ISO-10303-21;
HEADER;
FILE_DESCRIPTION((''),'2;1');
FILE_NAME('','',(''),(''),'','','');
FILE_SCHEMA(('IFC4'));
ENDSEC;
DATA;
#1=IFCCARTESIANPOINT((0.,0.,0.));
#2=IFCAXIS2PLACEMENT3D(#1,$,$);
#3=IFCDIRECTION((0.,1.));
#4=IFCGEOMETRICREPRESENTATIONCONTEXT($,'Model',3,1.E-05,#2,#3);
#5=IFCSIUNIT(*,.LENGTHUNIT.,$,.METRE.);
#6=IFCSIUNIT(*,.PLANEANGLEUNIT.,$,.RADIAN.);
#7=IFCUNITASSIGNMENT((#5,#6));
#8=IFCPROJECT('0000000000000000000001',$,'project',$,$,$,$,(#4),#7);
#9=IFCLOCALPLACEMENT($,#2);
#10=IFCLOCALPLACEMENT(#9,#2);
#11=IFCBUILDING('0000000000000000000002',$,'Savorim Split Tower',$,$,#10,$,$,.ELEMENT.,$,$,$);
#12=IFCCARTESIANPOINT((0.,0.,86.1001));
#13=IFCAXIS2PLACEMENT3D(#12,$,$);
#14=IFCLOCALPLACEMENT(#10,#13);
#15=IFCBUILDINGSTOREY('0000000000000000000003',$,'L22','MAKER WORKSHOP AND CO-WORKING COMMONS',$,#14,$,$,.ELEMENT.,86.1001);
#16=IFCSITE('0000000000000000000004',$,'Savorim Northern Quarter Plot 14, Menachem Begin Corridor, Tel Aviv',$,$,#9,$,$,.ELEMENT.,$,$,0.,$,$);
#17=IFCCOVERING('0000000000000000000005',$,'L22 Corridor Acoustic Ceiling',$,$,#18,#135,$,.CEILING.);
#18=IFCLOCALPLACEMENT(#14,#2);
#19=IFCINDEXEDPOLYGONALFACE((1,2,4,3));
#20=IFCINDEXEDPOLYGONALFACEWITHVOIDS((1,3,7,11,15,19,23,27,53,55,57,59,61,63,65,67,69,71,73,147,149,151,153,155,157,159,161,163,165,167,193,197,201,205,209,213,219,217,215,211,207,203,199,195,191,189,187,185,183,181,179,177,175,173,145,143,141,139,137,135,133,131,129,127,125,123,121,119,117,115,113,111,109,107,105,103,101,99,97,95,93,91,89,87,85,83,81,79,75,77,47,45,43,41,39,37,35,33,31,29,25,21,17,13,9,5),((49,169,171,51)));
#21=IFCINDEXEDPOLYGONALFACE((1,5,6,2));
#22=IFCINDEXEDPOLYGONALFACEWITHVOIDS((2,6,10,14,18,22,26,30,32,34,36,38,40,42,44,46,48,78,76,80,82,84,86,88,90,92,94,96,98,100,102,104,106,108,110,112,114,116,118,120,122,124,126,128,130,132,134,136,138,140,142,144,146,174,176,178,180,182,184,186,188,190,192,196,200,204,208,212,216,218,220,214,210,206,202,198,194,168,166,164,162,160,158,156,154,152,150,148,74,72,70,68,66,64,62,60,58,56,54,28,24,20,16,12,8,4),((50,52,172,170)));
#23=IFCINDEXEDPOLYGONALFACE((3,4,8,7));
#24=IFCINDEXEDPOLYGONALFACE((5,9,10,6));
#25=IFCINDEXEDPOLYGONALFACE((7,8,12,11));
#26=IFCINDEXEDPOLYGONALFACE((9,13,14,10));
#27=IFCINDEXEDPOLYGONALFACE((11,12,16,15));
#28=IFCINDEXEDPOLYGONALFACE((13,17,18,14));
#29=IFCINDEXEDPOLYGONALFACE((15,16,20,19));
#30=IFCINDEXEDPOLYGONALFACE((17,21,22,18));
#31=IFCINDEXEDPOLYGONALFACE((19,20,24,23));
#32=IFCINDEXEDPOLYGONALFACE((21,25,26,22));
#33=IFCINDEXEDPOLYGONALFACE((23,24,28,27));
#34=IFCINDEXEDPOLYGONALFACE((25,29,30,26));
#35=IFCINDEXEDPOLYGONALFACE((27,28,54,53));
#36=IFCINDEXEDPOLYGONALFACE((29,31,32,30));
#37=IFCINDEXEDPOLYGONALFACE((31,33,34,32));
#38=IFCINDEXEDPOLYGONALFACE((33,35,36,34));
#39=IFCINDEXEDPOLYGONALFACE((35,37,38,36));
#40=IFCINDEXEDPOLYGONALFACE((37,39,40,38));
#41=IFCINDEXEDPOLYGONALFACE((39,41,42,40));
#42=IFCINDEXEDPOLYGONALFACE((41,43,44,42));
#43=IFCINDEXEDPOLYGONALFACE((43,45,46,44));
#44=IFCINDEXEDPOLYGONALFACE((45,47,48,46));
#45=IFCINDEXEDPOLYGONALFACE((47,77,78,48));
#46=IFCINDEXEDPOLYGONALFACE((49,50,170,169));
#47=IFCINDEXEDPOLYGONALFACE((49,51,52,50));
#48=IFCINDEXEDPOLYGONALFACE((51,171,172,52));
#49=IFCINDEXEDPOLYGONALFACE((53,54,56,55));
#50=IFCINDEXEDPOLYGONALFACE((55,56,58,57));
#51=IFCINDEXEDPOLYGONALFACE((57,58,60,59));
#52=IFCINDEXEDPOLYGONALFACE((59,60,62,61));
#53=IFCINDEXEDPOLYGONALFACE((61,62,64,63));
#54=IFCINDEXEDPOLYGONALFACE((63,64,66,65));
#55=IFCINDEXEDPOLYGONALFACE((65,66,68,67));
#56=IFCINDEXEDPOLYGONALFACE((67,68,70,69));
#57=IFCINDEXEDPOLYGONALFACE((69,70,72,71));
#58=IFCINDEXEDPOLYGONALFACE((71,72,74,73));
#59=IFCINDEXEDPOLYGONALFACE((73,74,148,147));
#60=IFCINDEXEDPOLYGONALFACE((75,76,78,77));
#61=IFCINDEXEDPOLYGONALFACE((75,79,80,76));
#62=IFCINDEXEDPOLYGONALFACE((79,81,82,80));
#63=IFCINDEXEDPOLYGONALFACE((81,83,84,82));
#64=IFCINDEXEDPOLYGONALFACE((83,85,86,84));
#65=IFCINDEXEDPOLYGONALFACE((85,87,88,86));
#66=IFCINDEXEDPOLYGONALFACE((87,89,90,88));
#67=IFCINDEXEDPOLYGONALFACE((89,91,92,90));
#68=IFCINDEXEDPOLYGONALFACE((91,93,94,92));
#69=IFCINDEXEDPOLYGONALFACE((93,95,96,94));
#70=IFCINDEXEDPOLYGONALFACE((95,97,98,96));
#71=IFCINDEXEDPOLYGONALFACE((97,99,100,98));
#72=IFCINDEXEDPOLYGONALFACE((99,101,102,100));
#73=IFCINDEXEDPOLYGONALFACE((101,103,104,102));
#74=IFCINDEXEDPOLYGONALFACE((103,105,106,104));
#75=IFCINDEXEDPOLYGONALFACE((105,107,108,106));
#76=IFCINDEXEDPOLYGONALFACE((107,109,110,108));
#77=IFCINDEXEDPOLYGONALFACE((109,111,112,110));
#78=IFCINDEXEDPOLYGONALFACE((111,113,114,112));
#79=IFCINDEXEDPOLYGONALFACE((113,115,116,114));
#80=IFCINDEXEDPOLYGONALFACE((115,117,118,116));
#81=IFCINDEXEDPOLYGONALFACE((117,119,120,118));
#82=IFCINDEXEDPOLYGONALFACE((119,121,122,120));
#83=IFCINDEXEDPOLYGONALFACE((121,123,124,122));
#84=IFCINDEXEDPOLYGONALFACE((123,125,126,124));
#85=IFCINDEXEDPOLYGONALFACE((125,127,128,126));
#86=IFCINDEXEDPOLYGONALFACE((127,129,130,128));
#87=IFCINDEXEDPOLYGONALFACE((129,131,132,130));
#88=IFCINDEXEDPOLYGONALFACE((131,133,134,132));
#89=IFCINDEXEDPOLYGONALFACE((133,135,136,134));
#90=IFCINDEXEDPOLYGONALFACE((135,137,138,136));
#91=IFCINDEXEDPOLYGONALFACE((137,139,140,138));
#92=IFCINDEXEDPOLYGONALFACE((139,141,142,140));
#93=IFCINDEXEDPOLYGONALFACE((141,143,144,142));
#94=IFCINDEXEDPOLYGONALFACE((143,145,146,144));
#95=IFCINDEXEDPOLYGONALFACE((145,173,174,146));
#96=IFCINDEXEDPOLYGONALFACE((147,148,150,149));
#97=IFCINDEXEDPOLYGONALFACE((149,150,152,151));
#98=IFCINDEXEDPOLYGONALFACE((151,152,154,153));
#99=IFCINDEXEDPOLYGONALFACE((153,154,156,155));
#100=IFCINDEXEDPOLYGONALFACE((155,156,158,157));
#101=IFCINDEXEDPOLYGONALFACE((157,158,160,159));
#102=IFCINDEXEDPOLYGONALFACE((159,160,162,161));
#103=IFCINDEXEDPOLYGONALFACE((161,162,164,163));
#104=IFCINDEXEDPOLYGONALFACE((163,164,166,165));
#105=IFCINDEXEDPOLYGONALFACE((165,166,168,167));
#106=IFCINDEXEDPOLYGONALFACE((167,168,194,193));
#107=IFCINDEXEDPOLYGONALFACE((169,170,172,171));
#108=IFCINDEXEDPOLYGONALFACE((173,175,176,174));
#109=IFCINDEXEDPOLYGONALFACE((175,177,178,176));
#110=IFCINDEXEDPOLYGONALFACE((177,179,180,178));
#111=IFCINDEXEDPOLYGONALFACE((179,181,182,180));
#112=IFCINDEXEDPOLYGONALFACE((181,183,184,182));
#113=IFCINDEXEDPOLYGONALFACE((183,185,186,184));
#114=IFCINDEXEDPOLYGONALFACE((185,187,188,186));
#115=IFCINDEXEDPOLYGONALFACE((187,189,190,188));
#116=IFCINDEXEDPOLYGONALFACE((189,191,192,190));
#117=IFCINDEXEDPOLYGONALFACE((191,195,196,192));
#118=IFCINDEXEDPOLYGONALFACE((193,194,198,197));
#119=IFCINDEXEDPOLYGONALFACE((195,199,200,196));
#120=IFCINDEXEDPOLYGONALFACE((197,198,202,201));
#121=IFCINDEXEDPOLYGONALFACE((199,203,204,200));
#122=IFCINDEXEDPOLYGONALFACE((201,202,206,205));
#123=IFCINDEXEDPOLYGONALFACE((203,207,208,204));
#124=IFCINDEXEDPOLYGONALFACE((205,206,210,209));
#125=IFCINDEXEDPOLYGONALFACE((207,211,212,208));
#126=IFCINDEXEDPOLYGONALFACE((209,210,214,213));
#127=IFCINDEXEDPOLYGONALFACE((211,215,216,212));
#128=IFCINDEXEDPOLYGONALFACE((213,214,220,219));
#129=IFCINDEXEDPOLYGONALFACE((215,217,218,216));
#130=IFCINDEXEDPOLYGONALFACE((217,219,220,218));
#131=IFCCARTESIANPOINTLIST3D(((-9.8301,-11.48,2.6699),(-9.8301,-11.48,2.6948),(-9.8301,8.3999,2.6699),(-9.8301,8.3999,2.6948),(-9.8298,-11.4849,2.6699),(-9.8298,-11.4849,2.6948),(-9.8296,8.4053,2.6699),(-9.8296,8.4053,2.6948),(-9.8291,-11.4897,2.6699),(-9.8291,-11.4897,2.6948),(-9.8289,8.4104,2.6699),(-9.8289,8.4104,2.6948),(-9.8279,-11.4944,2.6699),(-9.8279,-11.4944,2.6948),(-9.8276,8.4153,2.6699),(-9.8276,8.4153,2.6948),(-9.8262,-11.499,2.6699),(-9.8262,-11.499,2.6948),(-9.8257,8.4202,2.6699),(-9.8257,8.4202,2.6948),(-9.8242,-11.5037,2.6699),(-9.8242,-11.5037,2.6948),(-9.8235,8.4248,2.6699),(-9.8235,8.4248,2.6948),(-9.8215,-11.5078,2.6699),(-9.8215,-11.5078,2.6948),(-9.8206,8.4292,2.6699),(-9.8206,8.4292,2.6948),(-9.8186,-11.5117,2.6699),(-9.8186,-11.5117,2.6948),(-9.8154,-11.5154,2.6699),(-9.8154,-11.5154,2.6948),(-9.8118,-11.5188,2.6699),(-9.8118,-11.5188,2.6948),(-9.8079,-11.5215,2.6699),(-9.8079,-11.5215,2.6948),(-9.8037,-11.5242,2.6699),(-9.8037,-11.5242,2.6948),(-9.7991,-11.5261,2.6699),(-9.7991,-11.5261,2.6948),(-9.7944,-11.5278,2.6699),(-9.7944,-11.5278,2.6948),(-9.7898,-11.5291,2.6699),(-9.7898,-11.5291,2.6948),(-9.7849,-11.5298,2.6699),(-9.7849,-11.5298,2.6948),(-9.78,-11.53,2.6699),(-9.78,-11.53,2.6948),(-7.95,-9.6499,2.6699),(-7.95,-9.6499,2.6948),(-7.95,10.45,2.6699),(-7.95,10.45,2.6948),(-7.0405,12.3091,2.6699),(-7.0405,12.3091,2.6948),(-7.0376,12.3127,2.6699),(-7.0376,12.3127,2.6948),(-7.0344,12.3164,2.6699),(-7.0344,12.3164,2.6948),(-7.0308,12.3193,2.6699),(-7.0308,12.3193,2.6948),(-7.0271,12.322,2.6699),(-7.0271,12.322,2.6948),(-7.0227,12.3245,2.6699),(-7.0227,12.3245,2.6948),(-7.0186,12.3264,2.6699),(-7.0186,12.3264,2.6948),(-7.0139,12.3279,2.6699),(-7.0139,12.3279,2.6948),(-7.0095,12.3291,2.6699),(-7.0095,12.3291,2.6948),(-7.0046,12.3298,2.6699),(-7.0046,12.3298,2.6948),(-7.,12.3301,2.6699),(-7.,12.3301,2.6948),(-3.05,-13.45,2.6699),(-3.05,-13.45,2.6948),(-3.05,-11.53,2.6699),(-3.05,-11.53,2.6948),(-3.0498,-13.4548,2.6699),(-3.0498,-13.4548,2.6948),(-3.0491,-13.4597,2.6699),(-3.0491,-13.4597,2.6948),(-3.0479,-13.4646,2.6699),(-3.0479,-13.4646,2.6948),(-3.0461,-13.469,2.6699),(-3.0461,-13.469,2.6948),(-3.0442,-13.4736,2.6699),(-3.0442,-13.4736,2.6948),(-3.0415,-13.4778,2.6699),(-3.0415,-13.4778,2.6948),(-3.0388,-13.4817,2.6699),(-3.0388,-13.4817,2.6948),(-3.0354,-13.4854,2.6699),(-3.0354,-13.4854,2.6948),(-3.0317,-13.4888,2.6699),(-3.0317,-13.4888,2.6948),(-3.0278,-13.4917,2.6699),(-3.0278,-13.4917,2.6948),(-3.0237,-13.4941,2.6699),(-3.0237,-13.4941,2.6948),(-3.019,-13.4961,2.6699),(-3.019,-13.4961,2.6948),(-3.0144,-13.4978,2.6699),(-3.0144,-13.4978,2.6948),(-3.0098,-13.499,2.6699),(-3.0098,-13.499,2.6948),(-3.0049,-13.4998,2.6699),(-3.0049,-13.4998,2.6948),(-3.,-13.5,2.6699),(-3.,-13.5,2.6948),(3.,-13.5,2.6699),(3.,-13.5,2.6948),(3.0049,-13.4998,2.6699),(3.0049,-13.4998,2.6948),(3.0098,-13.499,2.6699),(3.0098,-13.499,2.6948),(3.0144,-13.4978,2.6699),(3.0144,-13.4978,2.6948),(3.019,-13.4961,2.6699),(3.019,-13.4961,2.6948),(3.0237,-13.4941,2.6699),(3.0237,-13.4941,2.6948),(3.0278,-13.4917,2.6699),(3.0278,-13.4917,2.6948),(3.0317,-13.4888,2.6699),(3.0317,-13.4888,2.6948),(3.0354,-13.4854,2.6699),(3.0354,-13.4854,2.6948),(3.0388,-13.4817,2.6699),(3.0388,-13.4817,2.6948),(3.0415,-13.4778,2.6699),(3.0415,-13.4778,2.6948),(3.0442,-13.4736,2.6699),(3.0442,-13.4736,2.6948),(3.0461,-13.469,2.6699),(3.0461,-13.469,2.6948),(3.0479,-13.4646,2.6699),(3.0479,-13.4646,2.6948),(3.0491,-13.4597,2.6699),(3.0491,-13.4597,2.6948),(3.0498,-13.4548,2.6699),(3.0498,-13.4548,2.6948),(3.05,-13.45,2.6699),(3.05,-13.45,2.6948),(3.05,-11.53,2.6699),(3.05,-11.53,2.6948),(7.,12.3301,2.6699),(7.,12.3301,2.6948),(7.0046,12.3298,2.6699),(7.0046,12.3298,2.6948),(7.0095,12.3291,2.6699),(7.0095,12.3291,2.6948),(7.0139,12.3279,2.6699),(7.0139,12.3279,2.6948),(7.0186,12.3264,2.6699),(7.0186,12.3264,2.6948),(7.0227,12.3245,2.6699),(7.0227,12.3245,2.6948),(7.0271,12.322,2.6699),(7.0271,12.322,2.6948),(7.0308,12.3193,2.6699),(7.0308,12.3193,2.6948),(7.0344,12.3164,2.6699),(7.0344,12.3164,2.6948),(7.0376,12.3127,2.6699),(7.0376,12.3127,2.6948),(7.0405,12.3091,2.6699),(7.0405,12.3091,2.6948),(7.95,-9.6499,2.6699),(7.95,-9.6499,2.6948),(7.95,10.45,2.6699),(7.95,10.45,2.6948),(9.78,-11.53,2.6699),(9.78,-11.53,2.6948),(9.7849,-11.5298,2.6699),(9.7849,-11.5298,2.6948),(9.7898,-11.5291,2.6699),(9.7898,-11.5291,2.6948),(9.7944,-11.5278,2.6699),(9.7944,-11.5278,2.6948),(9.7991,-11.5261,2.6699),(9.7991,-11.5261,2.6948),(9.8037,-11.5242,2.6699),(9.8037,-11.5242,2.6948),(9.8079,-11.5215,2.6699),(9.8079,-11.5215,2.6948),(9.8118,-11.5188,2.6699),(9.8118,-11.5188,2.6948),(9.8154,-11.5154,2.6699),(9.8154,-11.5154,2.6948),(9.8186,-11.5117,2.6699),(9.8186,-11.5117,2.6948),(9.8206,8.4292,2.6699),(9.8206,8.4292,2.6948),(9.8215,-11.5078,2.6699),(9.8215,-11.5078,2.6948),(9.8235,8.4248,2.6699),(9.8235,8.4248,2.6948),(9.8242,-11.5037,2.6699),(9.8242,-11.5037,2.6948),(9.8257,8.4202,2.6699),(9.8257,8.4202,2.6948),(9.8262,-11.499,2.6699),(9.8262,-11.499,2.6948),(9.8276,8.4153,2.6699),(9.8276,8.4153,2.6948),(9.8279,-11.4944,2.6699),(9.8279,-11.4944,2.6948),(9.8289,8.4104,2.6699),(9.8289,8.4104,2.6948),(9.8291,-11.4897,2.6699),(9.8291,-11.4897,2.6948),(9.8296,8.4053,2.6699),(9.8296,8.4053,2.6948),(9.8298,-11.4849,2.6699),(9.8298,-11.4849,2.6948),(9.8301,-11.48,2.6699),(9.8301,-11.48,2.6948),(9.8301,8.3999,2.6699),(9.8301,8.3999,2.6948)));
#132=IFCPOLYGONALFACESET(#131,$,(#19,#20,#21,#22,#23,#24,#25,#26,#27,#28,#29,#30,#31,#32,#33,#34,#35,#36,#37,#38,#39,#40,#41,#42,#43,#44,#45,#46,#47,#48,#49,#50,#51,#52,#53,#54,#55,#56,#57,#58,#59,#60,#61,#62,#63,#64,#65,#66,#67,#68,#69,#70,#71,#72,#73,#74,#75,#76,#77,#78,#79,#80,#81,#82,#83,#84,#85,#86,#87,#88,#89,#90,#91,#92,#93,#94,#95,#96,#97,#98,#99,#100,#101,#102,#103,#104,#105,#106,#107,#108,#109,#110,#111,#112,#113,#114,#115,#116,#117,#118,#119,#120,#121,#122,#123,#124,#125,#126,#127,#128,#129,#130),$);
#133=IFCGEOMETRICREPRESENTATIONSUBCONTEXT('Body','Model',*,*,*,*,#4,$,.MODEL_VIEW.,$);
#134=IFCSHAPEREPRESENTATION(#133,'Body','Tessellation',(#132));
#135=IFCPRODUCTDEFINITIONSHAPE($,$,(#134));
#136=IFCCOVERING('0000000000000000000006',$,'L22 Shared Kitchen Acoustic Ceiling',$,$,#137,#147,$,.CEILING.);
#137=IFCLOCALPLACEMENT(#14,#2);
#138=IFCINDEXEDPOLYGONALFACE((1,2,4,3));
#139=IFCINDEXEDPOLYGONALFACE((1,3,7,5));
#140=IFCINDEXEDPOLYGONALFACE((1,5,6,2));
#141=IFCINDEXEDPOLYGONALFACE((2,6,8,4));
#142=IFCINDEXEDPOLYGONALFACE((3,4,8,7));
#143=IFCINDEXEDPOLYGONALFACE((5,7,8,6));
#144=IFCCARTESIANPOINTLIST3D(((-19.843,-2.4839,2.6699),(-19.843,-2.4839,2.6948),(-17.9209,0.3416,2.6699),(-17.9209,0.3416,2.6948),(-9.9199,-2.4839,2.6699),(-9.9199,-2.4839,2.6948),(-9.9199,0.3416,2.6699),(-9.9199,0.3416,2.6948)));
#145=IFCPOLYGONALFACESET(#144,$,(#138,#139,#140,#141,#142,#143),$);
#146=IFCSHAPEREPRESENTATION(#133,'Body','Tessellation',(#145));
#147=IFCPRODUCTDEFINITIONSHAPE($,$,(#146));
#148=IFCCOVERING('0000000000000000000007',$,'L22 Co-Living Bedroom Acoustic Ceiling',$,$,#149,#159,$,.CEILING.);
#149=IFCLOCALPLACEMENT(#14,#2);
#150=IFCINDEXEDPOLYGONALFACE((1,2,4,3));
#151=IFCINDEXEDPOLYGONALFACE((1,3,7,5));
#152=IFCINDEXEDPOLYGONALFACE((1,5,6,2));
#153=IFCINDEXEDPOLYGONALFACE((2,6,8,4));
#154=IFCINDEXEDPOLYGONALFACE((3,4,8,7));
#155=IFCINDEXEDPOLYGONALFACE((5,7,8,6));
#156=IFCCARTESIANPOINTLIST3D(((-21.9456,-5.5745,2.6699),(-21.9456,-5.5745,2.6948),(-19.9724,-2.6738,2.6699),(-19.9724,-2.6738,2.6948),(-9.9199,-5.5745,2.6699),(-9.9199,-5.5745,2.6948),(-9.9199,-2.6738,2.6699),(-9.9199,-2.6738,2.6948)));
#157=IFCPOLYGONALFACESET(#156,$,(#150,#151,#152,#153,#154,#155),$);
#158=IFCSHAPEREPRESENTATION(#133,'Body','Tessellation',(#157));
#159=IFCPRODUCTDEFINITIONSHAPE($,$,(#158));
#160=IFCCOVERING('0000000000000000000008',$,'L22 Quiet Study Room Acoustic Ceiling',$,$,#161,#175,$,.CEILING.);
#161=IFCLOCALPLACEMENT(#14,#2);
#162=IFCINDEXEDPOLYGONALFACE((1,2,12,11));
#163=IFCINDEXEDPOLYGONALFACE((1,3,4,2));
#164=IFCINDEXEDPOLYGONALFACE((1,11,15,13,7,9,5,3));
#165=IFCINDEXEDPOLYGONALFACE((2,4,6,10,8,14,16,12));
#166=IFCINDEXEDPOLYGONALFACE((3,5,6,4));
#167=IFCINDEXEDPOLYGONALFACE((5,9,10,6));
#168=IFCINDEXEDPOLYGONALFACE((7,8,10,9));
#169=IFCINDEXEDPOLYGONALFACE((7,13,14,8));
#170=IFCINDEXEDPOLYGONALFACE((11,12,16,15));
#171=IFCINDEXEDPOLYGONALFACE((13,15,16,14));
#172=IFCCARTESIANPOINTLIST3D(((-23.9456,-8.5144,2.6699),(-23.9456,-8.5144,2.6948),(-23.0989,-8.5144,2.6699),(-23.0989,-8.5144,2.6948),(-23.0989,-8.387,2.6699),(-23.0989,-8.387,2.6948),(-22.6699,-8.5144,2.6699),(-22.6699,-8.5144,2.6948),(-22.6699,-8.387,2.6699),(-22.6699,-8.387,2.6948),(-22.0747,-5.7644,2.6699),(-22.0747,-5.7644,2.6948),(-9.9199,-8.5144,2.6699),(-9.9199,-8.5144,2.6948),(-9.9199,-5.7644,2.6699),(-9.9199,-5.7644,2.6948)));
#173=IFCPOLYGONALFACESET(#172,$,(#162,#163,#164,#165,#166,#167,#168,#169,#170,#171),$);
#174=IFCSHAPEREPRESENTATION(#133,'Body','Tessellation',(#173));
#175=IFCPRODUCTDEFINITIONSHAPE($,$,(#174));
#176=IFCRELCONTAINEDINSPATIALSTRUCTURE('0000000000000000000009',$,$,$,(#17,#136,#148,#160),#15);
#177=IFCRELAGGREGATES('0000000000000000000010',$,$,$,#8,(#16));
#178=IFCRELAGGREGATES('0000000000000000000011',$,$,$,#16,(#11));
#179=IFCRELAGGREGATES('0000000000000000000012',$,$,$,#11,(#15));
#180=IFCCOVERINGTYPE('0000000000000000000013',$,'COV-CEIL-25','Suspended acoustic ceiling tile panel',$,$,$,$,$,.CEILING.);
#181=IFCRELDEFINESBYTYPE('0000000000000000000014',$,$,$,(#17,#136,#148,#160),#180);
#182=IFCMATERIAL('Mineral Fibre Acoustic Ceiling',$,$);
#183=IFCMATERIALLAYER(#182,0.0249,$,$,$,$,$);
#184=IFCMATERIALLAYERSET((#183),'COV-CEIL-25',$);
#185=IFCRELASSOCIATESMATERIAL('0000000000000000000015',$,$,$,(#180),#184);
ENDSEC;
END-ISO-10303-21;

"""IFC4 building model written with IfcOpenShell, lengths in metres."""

from ifc_helpers import new_model, si_unit, direction, frame, origin, place, context, subcontext, project, spatial, polyline, outline, extrude, material, layer, layer_set, type_object, element, save


model = new_model("IFC4")

# Units and contexts
model_context = context("Model", 3, precision=1e-05, world=origin(), true_north=direction((0.0, 1.0)))
body_context = subcontext(model_context, "Body", "Model", "MODEL_VIEW")
ifc_project = project(units=[si_unit("LENGTHUNIT", "METRE"), si_unit("PLANEANGLEUNIT", "RADIAN")], contexts=[model_context])

# Site, building, storey
site_placement = place(None, origin())
site = spatial("IfcSite", under=ifc_project, at=site_placement, Name="Savorim Northern Quarter Plot 14, Menachem Begin Corridor, Tel Aviv", CompositionType="ELEMENT", RefElevation=0.0)
building_placement = place(site_placement, origin())
building = spatial("IfcBuilding", under=site, at=building_placement, Name="Savorim Split Tower", CompositionType="ELEMENT")
storey_placement = place(building_placement, frame((0.0, 0.0, 86.1001)))
storey = spatial("IfcBuildingStorey", under=building, at=storey_placement, Name="L22", Description="MAKER WORKSHOP AND CO-WORKING COMMONS", CompositionType="ELEMENT", Elevation=86.1001)

# Coverings
ifc_material_1 = material(Name="Mineral Fibre Acoustic Ceiling")
ifc_layer_1 = layer(ifc_material_1, 0.0249)
ifc_layer_set_1 = layer_set([ifc_layer_1], Name="COV-CEIL-25")
covering_type_1 = type_object("IfcCoveringType", Name="COV-CEIL-25", Description="Suspended acoustic ceiling tile panel", PredefinedType="CEILING", material=ifc_layer_set_1)
covering_1_placement = place(storey_placement, frame((0.0, 0.0, 2.6699)))
element("IfcCovering", 1, at=covering_1_placement, inside=storey, type_object=covering_type_1, Name="L22 Corridor Acoustic Ceiling", PredefinedType="CEILING", context=body_context, shape_type="SweptSolid", body=[
    extrude(outline(polyline([(7.0095, 12.3291), (7.0046, 12.3298), (7.0, 12.3301), (-7.0, 12.3301), (-7.0046, 12.3298), (-7.0095, 12.3291), (-7.0139, 12.3279), (-7.0186, 12.3264), (-7.0227, 12.3245), (-7.0271, 12.322), (-7.0308, 12.3193), (-7.0344, 12.3164), (-7.0376, 12.3127), (-7.0405, 12.3091), (-9.8206, 8.4292), (-9.8235, 8.4248), (-9.8257, 8.4202), (-9.8276, 8.4153), (-9.8289, 8.4104), (-9.8296, 8.4053), (-9.8301, 8.3999), (-9.8301, -11.48), (-9.8298, -11.4849), (-9.8291, -11.4897), (-9.8279, -11.4944), (-9.8262, -11.499), (-9.8242, -11.5037), (-9.8215, -11.5078), (-9.8186, -11.5117), (-9.8154, -11.5154), (-9.8118, -11.5188), (-9.8079, -11.5215), (-9.8037, -11.5242), (-9.7991, -11.5261), (-9.7944, -11.5278), (-9.7898, -11.5291), (-9.7849, -11.5298), (-9.78, -11.53), (-3.05, -11.53), (-3.05, -13.45), (-3.0498, -13.4548), (-3.0491, -13.4597), (-3.0479, -13.4646), (-3.0461, -13.469), (-3.0442, -13.4736), (-3.0415, -13.4778), (-3.0388, -13.4817), (-3.0354, -13.4854), (-3.0317, -13.4888), (-3.0278, -13.4917), (-3.0237, -13.4941), (-3.019, -13.4961), (-3.0144, -13.4978), (-3.0098, -13.499), (-3.0049, -13.4998), (-3.0, -13.5), (3.0, -13.5), (3.0049, -13.4998), (3.0098, -13.499), (3.0144, -13.4978), (3.019, -13.4961), (3.0237, -13.4941), (3.0278, -13.4917), (3.0317, -13.4888), (3.0354, -13.4854), (3.0388, -13.4817), (3.0415, -13.4778), (3.0442, -13.4736), (3.0461, -13.469), (3.0479, -13.4646), (3.0491, -13.4597), (3.0498, -13.4548), (3.05, -13.45), (3.05, -11.53), (9.78, -11.53), (9.7849, -11.5298), (9.7898, -11.5291), (9.7944, -11.5278), (9.7991, -11.5261), (9.8037, -11.5242), (9.8079, -11.5215), (9.8118, -11.5188), (9.8154, -11.5154), (9.8186, -11.5117), (9.8215, -11.5078), (9.8242, -11.5037), (9.8262, -11.499), (9.8279, -11.4944), (9.8291, -11.4897), (9.8298, -11.4849), (9.8301, -11.48), (9.8301, 8.3999), (9.8296, 8.4053), (9.8289, 8.4104), (9.8276, 8.4153), (9.8257, 8.4202), (9.8235, 8.4248), (9.8206, 8.4292), (7.0405, 12.3091), (7.0376, 12.3127), (7.0344, 12.3164), (7.0308, 12.3193), (7.0271, 12.322), (7.0227, 12.3245), (7.0186, 12.3264), (7.0139, 12.3279), (7.0095, 12.3291)]), holes=[polyline([(-7.95, 10.45), (-7.95, -9.6499), (7.95, -9.6499), (7.95, 10.45), (-7.95, 10.45)])]), origin(), (0.0, 0.0, 1.0), 0.0249),
])
covering_2_placement = place(storey_placement, frame((0.0, 0.0, 2.6699)))
element("IfcCovering", 2, at=covering_2_placement, inside=storey, type_object=covering_type_1, Name="L22 Shared Kitchen Acoustic Ceiling", PredefinedType="CEILING", context=body_context, shape_type="SweptSolid", body=[
    extrude(outline(polyline([(-17.9209, 0.3416), (-19.843, -2.4839), (-9.9199, -2.4839), (-9.9199, 0.3416), (-17.9209, 0.3416)])), origin(), (0.0, 0.0, 1.0), 0.0249),
])
covering_3_placement = place(storey_placement, frame((0.0, 0.0, 2.6699)))
element("IfcCovering", 3, at=covering_3_placement, inside=storey, type_object=covering_type_1, Name="L22 Co-Living Bedroom Acoustic Ceiling", PredefinedType="CEILING", context=body_context, shape_type="SweptSolid", body=[
    extrude(outline(polyline([(-19.9724, -2.6738), (-21.9456, -5.5745), (-9.9199, -5.5745), (-9.9199, -2.6738), (-19.9724, -2.6738)])), origin(), (0.0, 0.0, 1.0), 0.0249),
])
covering_4_placement = place(storey_placement, frame((0.0, 0.0, 2.6699)))
element("IfcCovering", 4, at=covering_4_placement, inside=storey, type_object=covering_type_1, Name="L22 Quiet Study Room Acoustic Ceiling", PredefinedType="CEILING", context=body_context, shape_type="SweptSolid", body=[
    extrude(outline(polyline([(-22.6699, -8.387), (-22.6699, -8.5144), (-9.9199, -8.5144), (-9.9199, -5.7644), (-22.0747, -5.7644), (-23.9456, -8.5144), (-23.0989, -8.5144), (-23.0989, -8.387), (-22.6699, -8.387)])), origin(), (0.0, 0.0, 1.0), 0.0249),
])

save(model, "model.ifc")
